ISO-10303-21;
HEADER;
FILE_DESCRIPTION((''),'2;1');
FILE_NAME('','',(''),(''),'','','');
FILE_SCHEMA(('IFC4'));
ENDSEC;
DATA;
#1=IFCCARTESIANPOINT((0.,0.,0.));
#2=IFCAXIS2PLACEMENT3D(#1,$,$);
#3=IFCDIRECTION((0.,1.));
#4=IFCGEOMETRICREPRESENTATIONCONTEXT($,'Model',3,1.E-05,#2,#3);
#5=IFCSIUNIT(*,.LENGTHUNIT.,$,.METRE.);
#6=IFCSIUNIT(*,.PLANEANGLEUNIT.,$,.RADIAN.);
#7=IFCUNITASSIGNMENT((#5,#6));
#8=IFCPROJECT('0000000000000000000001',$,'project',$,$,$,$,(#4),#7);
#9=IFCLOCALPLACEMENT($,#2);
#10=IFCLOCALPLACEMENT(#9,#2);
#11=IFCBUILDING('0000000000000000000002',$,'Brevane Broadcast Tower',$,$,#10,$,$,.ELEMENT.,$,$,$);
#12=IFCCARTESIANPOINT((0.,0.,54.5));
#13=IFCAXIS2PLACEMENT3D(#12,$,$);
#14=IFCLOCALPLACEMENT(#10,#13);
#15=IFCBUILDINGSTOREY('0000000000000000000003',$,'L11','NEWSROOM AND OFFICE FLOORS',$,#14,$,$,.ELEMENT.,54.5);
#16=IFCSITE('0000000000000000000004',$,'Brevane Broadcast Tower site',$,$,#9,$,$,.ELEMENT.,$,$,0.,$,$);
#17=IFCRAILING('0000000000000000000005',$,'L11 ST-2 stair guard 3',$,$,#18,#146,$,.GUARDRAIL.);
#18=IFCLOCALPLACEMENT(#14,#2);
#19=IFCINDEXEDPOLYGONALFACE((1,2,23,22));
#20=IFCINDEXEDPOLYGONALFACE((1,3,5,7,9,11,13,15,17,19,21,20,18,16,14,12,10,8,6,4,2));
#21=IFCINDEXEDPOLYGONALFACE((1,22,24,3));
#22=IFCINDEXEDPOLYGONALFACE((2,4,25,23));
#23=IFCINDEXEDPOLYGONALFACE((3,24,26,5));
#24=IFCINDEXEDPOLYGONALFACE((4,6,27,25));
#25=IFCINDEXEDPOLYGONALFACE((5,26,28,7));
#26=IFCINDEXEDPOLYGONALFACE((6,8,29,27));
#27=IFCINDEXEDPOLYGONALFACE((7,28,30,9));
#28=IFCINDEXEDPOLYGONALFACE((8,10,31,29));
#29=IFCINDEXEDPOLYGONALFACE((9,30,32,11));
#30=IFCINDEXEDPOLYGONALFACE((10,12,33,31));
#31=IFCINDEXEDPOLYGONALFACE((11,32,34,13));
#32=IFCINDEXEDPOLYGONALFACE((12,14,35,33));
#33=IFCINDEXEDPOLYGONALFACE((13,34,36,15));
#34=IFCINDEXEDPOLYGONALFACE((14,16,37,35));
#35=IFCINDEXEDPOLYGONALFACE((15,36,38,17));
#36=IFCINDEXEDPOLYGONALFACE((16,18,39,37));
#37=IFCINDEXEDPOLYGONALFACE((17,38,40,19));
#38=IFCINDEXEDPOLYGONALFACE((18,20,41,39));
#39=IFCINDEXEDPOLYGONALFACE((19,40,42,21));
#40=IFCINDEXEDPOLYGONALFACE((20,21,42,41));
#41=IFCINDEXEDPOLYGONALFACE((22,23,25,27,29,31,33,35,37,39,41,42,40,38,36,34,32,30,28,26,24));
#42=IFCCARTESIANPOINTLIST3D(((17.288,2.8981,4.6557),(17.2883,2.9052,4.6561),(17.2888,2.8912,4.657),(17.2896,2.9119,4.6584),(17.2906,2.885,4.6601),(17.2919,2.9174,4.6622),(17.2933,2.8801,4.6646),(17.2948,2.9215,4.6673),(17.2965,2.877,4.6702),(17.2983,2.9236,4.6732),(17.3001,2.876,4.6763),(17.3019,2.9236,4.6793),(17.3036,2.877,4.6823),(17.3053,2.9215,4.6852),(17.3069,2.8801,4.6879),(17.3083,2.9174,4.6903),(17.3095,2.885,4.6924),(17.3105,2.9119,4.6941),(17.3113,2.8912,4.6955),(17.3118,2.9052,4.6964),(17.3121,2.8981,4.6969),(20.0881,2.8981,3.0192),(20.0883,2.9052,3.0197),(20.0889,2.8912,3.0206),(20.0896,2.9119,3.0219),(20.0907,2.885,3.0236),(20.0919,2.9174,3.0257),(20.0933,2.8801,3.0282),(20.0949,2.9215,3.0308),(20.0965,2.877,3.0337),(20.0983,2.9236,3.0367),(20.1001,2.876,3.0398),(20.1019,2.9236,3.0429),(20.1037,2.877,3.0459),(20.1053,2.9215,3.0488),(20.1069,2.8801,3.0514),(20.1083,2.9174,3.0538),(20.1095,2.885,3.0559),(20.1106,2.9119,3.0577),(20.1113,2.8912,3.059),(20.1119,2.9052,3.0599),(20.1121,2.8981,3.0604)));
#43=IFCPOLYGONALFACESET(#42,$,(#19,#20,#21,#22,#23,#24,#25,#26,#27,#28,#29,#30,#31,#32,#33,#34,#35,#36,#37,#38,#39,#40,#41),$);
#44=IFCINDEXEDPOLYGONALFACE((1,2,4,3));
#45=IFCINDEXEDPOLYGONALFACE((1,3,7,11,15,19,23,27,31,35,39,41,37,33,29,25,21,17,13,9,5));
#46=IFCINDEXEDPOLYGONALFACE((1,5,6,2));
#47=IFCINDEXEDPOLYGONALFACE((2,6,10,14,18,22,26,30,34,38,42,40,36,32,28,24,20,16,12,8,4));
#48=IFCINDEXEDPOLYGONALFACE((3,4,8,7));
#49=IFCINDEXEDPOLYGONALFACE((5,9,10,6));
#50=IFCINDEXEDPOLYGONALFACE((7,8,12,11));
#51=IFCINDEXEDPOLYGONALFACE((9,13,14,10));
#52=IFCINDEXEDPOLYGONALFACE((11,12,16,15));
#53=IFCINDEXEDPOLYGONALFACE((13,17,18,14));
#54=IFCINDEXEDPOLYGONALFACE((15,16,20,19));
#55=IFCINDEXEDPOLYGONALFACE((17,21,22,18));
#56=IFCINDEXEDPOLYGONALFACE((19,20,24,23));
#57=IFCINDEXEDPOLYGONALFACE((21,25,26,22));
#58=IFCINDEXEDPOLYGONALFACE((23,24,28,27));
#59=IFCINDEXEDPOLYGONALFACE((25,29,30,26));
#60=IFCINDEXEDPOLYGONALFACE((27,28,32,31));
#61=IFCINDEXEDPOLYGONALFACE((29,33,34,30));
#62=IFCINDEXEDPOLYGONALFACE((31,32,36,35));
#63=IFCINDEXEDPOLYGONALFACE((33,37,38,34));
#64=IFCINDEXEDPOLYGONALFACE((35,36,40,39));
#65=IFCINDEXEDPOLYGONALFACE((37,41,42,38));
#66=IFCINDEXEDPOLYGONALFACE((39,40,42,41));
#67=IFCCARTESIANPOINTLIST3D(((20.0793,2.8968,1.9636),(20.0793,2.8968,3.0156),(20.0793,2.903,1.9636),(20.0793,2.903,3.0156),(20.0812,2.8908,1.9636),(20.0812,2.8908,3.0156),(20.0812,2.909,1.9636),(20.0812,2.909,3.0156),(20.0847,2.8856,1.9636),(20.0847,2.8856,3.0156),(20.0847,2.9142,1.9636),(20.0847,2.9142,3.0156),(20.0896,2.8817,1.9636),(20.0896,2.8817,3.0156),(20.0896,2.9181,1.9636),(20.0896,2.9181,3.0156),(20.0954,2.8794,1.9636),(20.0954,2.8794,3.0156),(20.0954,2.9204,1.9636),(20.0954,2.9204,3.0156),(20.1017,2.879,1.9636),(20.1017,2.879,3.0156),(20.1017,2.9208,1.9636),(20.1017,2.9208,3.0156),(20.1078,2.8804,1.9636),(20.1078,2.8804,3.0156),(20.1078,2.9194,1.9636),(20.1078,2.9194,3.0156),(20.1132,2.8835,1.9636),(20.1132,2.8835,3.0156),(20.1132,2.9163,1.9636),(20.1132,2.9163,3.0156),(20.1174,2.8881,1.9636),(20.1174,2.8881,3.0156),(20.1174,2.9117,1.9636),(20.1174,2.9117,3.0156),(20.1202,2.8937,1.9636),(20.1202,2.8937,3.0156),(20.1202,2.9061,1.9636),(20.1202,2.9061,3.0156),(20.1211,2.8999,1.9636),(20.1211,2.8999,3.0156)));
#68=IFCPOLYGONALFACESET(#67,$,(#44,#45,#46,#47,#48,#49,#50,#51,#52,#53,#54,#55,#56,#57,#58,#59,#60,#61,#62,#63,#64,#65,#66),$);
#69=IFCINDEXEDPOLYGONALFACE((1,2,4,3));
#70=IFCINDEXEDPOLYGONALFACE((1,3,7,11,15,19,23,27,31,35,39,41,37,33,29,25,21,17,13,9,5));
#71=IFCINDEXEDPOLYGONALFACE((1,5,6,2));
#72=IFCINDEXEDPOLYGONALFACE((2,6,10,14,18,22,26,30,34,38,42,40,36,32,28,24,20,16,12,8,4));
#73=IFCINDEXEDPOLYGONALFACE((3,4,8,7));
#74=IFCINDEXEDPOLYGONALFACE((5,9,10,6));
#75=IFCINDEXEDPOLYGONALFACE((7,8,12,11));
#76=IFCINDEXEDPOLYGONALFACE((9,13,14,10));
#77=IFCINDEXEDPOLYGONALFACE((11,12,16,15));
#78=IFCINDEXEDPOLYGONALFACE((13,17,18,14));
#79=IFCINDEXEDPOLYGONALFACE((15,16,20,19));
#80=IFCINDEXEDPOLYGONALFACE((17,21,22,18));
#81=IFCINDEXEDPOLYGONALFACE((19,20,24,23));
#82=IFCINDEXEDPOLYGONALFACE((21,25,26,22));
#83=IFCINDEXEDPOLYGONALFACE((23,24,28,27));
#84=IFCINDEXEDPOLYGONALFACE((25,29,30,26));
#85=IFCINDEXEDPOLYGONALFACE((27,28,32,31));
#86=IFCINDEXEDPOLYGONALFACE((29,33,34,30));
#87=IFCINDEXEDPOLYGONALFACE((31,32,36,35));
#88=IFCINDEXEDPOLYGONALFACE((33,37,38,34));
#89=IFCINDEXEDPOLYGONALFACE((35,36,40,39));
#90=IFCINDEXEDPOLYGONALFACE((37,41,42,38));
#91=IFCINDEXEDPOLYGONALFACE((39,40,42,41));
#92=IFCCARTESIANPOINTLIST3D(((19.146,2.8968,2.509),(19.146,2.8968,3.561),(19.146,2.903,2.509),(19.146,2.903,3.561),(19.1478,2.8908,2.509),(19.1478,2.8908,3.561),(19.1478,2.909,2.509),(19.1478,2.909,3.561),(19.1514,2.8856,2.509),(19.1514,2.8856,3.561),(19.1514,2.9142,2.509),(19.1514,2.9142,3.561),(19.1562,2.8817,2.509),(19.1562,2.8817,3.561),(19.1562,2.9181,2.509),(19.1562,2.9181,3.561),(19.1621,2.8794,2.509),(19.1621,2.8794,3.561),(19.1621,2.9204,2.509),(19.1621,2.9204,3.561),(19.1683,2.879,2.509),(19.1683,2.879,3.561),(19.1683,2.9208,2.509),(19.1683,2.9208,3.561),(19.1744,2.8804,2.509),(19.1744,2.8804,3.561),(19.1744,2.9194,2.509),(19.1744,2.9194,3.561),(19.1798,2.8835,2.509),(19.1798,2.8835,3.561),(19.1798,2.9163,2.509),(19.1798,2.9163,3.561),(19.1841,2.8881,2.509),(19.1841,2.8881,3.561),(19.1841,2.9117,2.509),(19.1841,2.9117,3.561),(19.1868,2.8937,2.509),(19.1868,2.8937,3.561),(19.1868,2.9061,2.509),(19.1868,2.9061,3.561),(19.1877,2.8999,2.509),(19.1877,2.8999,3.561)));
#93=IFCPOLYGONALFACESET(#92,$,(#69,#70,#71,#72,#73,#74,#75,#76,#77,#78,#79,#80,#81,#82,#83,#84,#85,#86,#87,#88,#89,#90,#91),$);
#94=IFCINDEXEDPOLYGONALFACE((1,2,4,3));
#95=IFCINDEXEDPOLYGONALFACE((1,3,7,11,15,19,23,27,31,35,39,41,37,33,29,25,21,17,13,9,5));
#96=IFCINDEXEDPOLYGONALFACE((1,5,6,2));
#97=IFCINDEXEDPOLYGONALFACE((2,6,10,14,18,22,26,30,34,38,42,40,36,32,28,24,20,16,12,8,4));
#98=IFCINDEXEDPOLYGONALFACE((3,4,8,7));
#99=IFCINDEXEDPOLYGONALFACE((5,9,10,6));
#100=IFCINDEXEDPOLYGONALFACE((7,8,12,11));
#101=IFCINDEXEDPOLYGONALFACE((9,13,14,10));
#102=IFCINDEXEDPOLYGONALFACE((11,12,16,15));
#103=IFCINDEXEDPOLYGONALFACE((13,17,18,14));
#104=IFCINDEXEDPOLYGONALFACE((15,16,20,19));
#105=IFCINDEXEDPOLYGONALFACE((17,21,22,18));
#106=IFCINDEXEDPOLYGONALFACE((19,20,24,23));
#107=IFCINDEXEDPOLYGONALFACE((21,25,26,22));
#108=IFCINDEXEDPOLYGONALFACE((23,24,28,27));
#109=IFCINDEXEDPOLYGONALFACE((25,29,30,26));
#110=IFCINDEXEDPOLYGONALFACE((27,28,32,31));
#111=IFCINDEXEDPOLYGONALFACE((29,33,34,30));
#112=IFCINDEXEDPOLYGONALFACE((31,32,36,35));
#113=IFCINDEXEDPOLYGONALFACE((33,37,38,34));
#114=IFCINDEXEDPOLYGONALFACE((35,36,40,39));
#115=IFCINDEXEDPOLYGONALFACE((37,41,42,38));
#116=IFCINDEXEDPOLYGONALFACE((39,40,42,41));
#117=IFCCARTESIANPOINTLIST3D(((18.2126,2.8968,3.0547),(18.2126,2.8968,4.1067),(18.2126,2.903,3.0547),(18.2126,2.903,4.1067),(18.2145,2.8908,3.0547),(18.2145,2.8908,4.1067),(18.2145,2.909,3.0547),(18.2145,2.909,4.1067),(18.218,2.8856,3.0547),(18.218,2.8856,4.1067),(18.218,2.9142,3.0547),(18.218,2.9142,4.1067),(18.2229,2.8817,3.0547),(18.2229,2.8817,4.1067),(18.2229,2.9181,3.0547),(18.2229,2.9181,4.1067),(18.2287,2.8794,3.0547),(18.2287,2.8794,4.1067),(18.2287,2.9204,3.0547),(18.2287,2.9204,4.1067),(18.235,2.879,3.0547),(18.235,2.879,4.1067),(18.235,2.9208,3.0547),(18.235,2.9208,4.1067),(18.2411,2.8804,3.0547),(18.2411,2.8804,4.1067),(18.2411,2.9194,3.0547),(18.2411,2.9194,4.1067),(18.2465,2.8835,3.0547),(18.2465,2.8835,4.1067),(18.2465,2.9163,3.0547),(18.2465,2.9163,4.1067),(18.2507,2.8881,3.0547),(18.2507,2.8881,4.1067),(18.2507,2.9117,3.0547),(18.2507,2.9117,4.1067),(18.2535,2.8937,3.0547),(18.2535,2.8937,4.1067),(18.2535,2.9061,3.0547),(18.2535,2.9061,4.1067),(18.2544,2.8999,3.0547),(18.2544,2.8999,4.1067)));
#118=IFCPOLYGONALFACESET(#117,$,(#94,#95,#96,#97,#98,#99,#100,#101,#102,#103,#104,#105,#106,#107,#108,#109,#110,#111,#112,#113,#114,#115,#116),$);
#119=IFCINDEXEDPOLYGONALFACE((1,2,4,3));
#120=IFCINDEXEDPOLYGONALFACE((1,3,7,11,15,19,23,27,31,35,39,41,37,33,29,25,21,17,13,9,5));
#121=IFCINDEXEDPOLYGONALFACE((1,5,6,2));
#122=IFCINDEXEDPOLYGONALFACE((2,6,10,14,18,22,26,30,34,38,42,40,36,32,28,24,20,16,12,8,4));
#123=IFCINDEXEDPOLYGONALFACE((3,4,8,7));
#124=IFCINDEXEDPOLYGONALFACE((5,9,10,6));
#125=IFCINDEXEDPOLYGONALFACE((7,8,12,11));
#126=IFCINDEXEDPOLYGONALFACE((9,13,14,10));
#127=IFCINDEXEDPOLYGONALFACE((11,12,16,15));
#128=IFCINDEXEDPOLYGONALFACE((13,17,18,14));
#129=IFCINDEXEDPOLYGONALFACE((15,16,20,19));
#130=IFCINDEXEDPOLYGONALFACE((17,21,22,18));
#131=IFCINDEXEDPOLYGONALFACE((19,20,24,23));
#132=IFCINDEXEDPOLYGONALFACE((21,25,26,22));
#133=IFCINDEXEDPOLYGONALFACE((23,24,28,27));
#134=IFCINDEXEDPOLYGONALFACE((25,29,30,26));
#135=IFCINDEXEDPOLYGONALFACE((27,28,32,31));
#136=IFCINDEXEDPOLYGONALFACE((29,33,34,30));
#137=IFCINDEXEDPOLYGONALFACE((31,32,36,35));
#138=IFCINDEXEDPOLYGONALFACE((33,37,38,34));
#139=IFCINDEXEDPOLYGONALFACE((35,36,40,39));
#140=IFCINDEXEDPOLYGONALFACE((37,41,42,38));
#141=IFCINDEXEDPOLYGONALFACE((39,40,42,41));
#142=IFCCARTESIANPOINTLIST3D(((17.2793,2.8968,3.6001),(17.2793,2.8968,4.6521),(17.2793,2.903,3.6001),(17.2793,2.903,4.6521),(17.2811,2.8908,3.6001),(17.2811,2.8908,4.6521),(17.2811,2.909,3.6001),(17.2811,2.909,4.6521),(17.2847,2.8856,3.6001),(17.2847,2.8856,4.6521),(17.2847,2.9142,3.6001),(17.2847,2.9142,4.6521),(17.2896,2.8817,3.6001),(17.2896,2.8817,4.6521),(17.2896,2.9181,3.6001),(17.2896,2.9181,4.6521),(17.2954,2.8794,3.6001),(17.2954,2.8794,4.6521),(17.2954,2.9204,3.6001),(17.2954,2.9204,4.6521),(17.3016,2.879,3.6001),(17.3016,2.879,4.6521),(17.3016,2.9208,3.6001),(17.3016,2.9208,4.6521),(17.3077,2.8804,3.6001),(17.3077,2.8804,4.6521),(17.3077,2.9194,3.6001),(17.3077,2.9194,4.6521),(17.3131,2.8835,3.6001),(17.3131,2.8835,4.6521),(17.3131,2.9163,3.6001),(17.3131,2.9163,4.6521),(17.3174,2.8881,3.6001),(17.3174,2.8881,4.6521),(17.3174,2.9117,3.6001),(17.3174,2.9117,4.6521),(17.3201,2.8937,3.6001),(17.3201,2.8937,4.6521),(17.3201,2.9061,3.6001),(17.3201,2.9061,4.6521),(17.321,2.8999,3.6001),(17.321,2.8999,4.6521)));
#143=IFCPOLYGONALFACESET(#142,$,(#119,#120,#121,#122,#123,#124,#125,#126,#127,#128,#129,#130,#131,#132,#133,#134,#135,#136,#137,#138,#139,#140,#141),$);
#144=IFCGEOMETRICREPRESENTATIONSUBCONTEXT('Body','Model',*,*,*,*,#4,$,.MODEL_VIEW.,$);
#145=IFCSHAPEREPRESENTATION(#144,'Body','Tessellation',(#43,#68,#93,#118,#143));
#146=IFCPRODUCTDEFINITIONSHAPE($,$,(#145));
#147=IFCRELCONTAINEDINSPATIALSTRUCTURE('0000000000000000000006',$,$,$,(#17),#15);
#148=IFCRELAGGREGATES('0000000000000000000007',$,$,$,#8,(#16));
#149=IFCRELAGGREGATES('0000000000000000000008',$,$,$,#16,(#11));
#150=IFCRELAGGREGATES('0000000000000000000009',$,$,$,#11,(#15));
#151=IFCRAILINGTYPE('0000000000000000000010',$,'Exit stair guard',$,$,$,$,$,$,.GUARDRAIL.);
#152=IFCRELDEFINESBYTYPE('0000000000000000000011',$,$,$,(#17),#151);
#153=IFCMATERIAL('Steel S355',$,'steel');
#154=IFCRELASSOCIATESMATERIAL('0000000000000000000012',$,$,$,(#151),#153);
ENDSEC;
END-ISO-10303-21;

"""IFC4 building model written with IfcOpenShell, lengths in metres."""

from ifc_helpers import new_model, si_unit, direction, frame, origin, origin_2d, place, context, subcontext, project, spatial, circle, extrude, material, type_object, element, save


model = new_model("IFC4")

# Units and contexts
model_context = context("Model", 3, precision=1e-05, world=origin(), true_north=direction((0.0, 1.0)))
body_context = subcontext(model_context, "Body", "Model", "MODEL_VIEW")
ifc_project = project(units=[si_unit("LENGTHUNIT", "METRE"), si_unit("PLANEANGLEUNIT", "RADIAN")], contexts=[model_context])

# Site, building, storey
site_placement = place(None, origin())
site = spatial("IfcSite", under=ifc_project, at=site_placement, Name="Brevane Broadcast Tower site", CompositionType="ELEMENT", RefElevation=0.0)
building_placement = place(site_placement, origin())
building = spatial("IfcBuilding", under=site, at=building_placement, Name="Brevane Broadcast Tower", CompositionType="ELEMENT")
storey_placement = place(building_placement, frame((0.0, 0.0, 54.5)))
storey = spatial("IfcBuildingStorey", under=building, at=storey_placement, Name="L11", Description="NEWSROOM AND OFFICE FLOORS", CompositionType="ELEMENT", Elevation=54.5)

# Railing
ifc_material_1 = material(Name="Steel S355", Category="steel")
railing_type_1 = type_object("IfcRailingType", Name="Exit stair guard", PredefinedType="GUARDRAIL", material=ifc_material_1)
railing_1_placement = place(storey_placement, frame((20.1001, 2.8999, 1.9636)))
element("IfcRailing", 1, at=railing_1_placement, inside=storey, type_object=railing_type_1, Name="L11 ST-2 stair guard 3", PredefinedType="GUARDRAIL", context=body_context, shape_type="SweptSolid", body=[
    extrude(circle(Radius=0.0239, at=origin_2d()), frame((0.0, 0.0, 1.0762), z_axis=(-0.863361, 0.0, 0.504587), x_axis=(0.0, -1.0, 0.0)), (0.0, 0.0, 1.0), 3.2432),
    extrude(circle(Radius=0.021, at=origin_2d()), origin(), (0.0, 0.0, 1.0), 1.052),
    extrude(circle(Radius=0.021, at=origin_2d()), frame((-0.9333, 0.0, 0.5454)), (0.0, 0.0, 1.0), 1.052),
    extrude(circle(Radius=0.021, at=origin_2d()), frame((-1.8667, 0.0, 1.0911)), (0.0, 0.0, 1.0), 1.052),
    extrude(circle(Radius=0.021, at=origin_2d()), frame((-2.8, 0.0, 1.6365)), (0.0, 0.0, 1.0), 1.052),
])

save(model, "model.ifc")
